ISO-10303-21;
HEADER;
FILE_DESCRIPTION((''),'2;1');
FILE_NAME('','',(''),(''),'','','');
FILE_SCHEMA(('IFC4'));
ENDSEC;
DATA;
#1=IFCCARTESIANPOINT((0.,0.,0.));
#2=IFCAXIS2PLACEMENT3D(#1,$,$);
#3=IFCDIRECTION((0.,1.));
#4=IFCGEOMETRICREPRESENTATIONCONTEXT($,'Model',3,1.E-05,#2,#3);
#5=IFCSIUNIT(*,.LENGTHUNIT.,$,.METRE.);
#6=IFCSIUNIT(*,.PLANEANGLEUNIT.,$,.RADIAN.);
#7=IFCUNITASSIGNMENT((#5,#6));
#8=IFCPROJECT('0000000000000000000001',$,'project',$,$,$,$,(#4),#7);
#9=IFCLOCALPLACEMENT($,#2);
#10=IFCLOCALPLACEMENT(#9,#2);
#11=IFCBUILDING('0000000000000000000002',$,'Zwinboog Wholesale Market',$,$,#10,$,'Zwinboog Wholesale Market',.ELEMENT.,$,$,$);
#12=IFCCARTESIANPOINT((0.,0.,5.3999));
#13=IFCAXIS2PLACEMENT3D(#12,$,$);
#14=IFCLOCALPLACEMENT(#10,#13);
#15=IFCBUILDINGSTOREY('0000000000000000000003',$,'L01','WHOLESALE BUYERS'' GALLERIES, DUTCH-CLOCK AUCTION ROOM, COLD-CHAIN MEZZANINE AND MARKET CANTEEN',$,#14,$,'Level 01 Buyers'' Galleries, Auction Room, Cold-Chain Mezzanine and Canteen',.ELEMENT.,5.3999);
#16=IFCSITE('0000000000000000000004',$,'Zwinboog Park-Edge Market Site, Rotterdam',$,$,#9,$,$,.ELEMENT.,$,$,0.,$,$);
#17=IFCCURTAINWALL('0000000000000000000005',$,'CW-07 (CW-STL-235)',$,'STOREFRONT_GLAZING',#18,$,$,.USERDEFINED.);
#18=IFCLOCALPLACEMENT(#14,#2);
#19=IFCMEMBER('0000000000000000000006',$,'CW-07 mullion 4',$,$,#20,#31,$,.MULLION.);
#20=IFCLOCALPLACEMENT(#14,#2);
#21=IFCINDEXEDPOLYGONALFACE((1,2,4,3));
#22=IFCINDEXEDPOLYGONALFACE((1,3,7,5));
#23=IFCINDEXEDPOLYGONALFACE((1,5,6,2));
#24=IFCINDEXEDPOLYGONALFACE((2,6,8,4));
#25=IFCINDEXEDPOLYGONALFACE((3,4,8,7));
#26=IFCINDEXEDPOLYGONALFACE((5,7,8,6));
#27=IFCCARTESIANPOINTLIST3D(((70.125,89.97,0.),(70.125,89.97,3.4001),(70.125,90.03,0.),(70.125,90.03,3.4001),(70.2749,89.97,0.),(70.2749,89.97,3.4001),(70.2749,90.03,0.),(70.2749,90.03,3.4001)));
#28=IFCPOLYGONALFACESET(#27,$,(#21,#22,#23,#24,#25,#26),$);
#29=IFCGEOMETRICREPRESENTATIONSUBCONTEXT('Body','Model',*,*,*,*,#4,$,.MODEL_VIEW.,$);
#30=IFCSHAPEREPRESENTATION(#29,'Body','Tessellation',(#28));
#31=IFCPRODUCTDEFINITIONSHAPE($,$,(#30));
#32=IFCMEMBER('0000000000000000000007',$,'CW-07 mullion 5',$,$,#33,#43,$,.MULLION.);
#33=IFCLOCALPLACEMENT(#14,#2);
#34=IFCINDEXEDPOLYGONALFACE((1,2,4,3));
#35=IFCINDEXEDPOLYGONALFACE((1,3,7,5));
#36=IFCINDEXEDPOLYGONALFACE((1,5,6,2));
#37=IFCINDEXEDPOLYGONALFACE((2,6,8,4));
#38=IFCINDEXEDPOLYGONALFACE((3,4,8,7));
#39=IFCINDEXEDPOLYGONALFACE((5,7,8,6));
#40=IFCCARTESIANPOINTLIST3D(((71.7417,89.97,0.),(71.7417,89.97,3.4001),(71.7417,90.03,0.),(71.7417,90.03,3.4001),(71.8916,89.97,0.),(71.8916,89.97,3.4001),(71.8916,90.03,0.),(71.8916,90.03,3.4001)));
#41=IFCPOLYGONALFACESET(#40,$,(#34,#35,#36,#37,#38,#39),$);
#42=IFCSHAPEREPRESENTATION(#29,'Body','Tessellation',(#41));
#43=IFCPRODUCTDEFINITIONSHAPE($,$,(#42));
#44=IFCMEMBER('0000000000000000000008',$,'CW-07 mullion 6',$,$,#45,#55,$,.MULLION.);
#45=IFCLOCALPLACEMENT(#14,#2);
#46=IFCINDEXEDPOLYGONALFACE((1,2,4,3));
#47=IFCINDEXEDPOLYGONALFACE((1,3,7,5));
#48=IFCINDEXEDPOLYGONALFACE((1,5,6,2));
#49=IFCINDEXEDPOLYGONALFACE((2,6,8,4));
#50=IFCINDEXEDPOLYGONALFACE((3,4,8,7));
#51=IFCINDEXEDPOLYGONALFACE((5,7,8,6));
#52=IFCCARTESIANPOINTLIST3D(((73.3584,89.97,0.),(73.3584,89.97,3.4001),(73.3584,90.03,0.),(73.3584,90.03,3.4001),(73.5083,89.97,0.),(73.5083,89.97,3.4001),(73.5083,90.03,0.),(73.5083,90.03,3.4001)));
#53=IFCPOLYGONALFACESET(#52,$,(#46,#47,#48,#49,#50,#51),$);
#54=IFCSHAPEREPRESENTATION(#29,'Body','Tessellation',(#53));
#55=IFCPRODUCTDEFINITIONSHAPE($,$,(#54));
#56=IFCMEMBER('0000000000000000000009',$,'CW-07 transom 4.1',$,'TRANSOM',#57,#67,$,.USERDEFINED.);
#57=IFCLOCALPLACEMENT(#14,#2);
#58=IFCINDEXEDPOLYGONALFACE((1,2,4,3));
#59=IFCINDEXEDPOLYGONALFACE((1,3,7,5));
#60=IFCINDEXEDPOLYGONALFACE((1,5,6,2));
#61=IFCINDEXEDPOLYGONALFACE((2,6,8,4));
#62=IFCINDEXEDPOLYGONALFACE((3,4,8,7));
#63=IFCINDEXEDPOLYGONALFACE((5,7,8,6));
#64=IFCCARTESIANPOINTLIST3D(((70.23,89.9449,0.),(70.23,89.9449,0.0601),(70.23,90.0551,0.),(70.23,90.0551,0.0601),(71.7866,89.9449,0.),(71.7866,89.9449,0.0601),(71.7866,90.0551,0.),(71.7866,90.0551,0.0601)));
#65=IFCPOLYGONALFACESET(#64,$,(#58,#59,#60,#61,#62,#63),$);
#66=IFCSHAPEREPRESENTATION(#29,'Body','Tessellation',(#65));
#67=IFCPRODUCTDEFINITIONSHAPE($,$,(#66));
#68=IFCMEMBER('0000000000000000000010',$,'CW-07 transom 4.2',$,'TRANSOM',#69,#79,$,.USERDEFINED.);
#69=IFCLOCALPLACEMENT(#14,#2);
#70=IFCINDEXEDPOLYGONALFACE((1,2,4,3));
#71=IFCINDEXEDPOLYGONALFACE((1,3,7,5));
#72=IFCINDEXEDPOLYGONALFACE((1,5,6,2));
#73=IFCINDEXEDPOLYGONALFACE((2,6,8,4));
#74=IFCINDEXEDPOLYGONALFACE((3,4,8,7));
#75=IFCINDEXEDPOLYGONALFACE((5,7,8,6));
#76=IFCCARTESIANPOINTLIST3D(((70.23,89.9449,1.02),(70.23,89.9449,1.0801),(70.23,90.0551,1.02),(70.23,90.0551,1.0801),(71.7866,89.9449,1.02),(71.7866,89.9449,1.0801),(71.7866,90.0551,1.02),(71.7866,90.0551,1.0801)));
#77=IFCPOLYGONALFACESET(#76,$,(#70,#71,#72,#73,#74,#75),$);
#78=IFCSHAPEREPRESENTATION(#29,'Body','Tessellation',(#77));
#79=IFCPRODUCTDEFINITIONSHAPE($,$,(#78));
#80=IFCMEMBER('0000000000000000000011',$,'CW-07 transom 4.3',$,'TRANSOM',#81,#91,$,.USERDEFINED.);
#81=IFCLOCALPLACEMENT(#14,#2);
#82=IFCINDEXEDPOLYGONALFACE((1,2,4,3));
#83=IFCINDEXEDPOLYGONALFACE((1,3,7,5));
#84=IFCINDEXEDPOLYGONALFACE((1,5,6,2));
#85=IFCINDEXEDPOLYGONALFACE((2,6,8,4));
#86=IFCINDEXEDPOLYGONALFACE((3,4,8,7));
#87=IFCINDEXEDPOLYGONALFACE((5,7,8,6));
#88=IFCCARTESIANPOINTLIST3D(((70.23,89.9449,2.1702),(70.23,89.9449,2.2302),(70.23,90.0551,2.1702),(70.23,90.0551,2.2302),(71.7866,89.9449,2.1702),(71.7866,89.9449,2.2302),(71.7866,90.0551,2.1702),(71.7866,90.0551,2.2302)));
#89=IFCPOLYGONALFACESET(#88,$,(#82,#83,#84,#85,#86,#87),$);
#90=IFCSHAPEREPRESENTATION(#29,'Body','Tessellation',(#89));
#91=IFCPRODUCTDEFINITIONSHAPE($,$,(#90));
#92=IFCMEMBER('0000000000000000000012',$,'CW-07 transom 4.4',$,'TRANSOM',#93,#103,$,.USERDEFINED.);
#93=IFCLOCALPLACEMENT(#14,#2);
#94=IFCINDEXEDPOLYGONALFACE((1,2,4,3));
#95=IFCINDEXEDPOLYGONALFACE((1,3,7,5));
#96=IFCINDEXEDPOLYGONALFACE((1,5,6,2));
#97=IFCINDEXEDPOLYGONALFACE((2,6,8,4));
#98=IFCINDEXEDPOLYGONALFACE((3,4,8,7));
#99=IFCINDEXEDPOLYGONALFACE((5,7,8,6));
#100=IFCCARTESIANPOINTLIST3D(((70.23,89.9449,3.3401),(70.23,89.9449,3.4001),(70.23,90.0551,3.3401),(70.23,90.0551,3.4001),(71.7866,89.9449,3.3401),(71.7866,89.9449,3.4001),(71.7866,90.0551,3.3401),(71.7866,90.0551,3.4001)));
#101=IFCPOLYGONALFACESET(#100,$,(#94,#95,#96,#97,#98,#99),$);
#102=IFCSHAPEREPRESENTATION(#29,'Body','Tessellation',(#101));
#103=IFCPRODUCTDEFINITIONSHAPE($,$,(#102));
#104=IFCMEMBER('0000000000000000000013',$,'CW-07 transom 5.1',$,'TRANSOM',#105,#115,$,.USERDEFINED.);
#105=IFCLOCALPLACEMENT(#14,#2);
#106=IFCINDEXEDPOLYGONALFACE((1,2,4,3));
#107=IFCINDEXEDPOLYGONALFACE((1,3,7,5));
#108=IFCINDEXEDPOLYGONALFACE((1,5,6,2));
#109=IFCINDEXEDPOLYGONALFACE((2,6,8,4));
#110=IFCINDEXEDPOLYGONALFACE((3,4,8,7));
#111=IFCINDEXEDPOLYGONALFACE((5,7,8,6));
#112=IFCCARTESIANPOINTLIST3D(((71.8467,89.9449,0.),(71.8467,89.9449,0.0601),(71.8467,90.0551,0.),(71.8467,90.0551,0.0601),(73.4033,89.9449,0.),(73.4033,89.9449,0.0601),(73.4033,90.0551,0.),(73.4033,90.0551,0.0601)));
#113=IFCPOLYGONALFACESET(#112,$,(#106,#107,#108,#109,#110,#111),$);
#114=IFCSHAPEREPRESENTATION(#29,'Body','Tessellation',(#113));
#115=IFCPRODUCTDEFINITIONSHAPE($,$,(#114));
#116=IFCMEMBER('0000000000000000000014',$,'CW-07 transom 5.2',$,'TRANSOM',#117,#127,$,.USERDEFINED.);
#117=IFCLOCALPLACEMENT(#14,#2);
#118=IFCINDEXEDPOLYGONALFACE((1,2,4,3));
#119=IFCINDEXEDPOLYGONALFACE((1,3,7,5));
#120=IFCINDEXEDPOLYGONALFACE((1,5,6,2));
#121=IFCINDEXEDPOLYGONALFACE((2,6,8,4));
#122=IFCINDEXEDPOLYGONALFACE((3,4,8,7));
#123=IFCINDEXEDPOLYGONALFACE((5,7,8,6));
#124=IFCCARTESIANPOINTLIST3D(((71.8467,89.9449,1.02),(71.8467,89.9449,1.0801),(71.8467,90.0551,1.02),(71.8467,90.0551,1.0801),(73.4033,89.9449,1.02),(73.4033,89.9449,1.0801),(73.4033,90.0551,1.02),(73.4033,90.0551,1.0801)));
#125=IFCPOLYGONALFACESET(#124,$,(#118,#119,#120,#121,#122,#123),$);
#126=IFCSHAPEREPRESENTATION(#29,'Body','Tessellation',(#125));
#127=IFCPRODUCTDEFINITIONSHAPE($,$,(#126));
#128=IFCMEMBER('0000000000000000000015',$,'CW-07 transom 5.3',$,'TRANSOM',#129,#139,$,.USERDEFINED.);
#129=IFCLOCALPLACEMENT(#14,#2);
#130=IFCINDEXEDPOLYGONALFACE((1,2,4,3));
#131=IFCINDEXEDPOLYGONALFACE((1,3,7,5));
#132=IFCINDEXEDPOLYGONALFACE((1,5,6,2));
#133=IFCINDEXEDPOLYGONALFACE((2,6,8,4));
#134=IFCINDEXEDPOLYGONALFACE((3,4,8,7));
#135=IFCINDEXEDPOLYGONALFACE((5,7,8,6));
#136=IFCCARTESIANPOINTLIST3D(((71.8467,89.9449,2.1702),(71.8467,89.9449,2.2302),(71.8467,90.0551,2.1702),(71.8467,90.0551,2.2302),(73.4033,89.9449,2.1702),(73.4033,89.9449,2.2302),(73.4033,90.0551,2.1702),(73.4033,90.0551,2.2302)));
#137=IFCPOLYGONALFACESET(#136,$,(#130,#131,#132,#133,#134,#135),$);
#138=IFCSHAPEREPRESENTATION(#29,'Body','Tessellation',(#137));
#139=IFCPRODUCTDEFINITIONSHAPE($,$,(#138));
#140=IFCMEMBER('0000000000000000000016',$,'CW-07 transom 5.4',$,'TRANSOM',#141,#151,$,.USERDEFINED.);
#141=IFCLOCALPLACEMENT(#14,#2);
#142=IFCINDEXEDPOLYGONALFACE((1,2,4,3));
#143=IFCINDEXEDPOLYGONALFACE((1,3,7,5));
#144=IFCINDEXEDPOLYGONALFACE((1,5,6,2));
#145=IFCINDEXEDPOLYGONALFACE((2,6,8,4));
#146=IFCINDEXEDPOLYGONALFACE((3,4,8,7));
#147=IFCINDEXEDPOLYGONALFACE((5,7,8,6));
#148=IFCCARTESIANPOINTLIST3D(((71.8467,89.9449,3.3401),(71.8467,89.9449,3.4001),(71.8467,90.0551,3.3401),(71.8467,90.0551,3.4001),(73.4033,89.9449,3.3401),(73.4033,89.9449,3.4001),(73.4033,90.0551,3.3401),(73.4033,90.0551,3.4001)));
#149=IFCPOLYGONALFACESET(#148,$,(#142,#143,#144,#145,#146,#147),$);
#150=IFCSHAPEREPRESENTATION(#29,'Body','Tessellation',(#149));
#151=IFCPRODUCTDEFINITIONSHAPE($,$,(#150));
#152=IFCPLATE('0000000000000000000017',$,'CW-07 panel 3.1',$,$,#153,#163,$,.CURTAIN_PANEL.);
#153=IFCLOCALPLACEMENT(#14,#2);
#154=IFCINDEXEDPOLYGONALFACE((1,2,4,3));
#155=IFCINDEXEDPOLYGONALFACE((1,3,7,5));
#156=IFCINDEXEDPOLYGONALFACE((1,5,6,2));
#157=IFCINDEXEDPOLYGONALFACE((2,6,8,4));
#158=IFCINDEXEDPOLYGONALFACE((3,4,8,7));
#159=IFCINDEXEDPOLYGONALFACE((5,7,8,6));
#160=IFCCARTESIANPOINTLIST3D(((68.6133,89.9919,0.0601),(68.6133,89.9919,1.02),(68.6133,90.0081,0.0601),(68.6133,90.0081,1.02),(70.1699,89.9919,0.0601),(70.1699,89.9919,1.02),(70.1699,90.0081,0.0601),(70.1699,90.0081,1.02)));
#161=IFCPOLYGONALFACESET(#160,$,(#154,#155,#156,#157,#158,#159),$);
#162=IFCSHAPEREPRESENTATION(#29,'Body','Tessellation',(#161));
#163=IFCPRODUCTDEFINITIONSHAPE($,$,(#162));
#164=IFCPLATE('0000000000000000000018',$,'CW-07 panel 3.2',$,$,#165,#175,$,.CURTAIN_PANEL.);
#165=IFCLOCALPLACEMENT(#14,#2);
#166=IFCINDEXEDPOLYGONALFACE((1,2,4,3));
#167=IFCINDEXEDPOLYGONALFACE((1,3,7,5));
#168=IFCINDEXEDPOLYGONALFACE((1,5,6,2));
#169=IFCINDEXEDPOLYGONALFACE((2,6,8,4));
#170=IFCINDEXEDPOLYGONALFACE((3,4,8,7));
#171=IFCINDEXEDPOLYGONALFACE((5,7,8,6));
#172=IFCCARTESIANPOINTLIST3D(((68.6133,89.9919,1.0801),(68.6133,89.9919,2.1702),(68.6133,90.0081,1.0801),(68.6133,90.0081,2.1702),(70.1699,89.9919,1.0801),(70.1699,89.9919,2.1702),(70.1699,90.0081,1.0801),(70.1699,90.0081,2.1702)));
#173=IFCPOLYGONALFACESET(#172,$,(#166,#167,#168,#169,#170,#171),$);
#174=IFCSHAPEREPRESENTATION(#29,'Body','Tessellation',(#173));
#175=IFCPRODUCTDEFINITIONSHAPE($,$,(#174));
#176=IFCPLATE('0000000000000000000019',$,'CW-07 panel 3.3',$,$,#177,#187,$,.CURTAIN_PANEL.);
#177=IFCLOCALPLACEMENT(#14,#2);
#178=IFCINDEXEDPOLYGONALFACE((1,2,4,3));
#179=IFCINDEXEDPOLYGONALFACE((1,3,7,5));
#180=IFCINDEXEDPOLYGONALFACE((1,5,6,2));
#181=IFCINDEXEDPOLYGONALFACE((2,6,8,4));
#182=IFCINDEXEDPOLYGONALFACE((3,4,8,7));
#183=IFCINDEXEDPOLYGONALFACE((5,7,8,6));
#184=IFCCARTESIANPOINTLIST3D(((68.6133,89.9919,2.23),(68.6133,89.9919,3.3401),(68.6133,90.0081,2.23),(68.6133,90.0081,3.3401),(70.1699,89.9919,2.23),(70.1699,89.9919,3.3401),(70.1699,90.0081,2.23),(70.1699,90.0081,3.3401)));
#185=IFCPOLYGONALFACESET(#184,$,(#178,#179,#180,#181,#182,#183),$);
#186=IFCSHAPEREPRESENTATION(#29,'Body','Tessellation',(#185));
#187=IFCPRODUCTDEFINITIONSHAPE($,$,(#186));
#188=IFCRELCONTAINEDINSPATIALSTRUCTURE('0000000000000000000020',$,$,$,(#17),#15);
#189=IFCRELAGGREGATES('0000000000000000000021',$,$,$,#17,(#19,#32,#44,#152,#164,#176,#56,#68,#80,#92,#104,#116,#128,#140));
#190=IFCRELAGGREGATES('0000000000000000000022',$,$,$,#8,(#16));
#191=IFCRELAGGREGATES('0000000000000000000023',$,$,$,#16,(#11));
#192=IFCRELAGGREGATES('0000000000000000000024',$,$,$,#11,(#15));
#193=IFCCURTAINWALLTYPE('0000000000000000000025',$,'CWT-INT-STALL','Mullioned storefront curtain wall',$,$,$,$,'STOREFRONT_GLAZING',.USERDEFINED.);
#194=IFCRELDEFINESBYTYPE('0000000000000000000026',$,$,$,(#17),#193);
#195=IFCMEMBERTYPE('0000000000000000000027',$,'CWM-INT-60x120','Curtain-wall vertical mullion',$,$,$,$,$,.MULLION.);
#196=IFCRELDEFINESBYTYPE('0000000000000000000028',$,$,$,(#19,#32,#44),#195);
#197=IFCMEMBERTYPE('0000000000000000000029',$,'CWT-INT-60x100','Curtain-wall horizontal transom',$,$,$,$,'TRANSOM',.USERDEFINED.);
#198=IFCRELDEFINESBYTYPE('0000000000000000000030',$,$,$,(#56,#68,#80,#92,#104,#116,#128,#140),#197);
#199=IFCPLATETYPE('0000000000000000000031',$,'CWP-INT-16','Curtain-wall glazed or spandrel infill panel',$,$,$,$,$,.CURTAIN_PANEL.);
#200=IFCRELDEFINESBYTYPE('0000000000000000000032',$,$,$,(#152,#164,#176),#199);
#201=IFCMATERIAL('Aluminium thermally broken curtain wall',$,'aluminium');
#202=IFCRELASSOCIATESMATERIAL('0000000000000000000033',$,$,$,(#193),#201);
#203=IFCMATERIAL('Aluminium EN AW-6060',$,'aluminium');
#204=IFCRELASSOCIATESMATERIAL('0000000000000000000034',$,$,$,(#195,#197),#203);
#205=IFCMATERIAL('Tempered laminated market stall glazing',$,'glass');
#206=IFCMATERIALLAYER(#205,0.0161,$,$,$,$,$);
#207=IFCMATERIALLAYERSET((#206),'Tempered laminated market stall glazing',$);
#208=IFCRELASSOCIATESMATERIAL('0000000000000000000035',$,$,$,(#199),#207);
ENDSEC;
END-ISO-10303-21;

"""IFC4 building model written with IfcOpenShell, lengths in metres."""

from ifc_helpers import new_model, si_unit, direction, frame, origin, origin_2d, place, context, subcontext, project, spatial, rectangle, extrude, material, layer, layer_set, material_profile, profile_set, type_object, element, aggregate, save


model = new_model("IFC4")

# Units and contexts
model_context = context("Model", 3, precision=1e-05, world=origin(), true_north=direction((0.0, 1.0)))
body_context = subcontext(model_context, "Body", "Model", "MODEL_VIEW")
ifc_project = project(units=[si_unit("LENGTHUNIT", "METRE"), si_unit("PLANEANGLEUNIT", "RADIAN")], contexts=[model_context])

# Site, building, storey
site_placement = place(None, origin())
site = spatial("IfcSite", under=ifc_project, at=site_placement, Name="Zwinboog Park-Edge Market Site, Rotterdam", CompositionType="ELEMENT", RefElevation=0.0)
building_placement = place(site_placement, origin())
building = spatial("IfcBuilding", under=site, at=building_placement, Name="Zwinboog Wholesale Market", LongName="Zwinboog Wholesale Market", CompositionType="ELEMENT")
storey_placement = place(building_placement, frame((0.0, 0.0, 5.3999)))
storey = spatial("IfcBuildingStorey", under=building, at=storey_placement, Name="L01", Description="WHOLESALE BUYERS' GALLERIES, DUTCH-CLOCK AUCTION ROOM, COLD-CHAIN MEZZANINE AND MARKET CANTEEN", LongName="Level 01 Buyers' Galleries, Auction Room, Cold-Chain Mezzanine and Canteen", CompositionType="ELEMENT", Elevation=5.3999)

# Curtain wall, members, plates
ifc_material_1 = material(Name="Aluminium thermally broken curtain wall", Category="aluminium")
curtain_wall_type = type_object("IfcCurtainWallType", Name="CWT-INT-STALL", Description="Mullioned storefront curtain wall", ElementType="STOREFRONT_GLAZING", PredefinedType="USERDEFINED", material=ifc_material_1)
curtain_wall_placement = place(storey_placement, origin())
curtain_wall = element("IfcCurtainWall", 1, at=curtain_wall_placement, inside=storey, type_object=curtain_wall_type, Name="CW-07 (CW-STL-235)", ObjectType="STOREFRONT_GLAZING", PredefinedType="USERDEFINED")
ifc_material_2 = material(Name="Aluminium EN AW-6060", Category="aluminium")
ifc_material_profile_1 = material_profile(ifc_material_2, rectangle(XDim=0.0601, YDim=0.1499, at=origin_2d()), Name="AL 60x150")
ifc_profile_set_1 = profile_set([ifc_material_profile_1], Name="Aluminium EN AW-6060")
member_type_1 = type_object("IfcMemberType", Name="CWM-INT-60x120", Description="Curtain-wall vertical mullion", PredefinedType="MULLION", material=ifc_profile_set_1)
member_1_placement = place(storey_placement, frame((70.2, 90.0, 0.0), z_axis=(0.0, 0.0, 1.0), x_axis=(0.0, 1.0, 0.0)))
member_1 = element("IfcMember", 2, at=member_1_placement, type_object=member_type_1, Name="CW-07 mullion 4", PredefinedType="MULLION", context=body_context, shape_type="SweptSolid", body=[
    extrude(rectangle(XDim=0.0601, YDim=0.1499, at=origin_2d()), origin(), (0.0, 0.0, 1.0), 3.4001),
])
member_2_placement = place(storey_placement, frame((71.8167, 90.0, 0.0), z_axis=(0.0, 0.0, 1.0), x_axis=(0.0, 1.0, 0.0)))
member_2 = element("IfcMember", 3, at=member_2_placement, type_object=member_type_1, Name="CW-07 mullion 5", PredefinedType="MULLION", context=body_context, shape_type="SweptSolid", body=[
    extrude(rectangle(XDim=0.0601, YDim=0.1499, at=origin_2d()), origin(), (0.0, 0.0, 1.0), 3.4001),
])
member_3_placement = place(storey_placement, frame((73.4333, 90.0, 0.0), z_axis=(0.0, 0.0, 1.0), x_axis=(0.0, 1.0, 0.0)))
member_3 = element("IfcMember", 4, at=member_3_placement, type_object=member_type_1, Name="CW-07 mullion 6", PredefinedType="MULLION", context=body_context, shape_type="SweptSolid", body=[
    extrude(rectangle(XDim=0.0601, YDim=0.1499, at=origin_2d()), origin(), (0.0, 0.0, 1.0), 3.4001),
])
ifc_material_profile_2 = material_profile(ifc_material_2, rectangle(XDim=0.1101, YDim=0.0601, at=origin_2d()), Name="AL 60x110")
ifc_profile_set_2 = profile_set([ifc_material_profile_2], Name="Aluminium EN AW-6060")
member_type_2 = type_object("IfcMemberType", Name="CWT-INT-60x100", Description="Curtain-wall horizontal transom", ElementType="TRANSOM", PredefinedType="USERDEFINED", material=ifc_profile_set_2)
member_4_placement = place(storey_placement, frame((70.23, 90.0, 0.03), z_axis=(1.0, 0.0, 0.0), x_axis=(0.0, 1.0, 0.0)))
member_4 = element("IfcMember", 5, at=member_4_placement, type_object=member_type_2, Name="CW-07 transom 4.1", ObjectType="TRANSOM", PredefinedType="USERDEFINED", context=body_context, shape_type="SweptSolid", body=[
    extrude(rectangle(XDim=0.1101, YDim=0.0601, at=origin_2d()), origin(), (0.0, 0.0, 1.0), 1.5566),
])
member_5_placement = place(storey_placement, frame((70.23, 90.0, 1.05), z_axis=(1.0, 0.0, 0.0), x_axis=(0.0, 1.0, 0.0)))
member_5 = element("IfcMember", 6, at=member_5_placement, type_object=member_type_2, Name="CW-07 transom 4.2", ObjectType="TRANSOM", PredefinedType="USERDEFINED", context=body_context, shape_type="SweptSolid", body=[
    extrude(rectangle(XDim=0.1101, YDim=0.0601, at=origin_2d()), origin(), (0.0, 0.0, 1.0), 1.5566),
])
member_6_placement = place(storey_placement, frame((70.23, 90.0, 2.2002), z_axis=(1.0, 0.0, 0.0), x_axis=(0.0, 1.0, 0.0)))
member_6 = element("IfcMember", 7, at=member_6_placement, type_object=member_type_2, Name="CW-07 transom 4.3", ObjectType="TRANSOM", PredefinedType="USERDEFINED", context=body_context, shape_type="SweptSolid", body=[
    extrude(rectangle(XDim=0.1101, YDim=0.0601, at=origin_2d()), origin(), (0.0, 0.0, 1.0), 1.5566),
])
member_7_placement = place(storey_placement, frame((70.23, 90.0, 3.3701), z_axis=(1.0, 0.0, 0.0), x_axis=(0.0, 1.0, 0.0)))
member_7 = element("IfcMember", 8, at=member_7_placement, type_object=member_type_2, Name="CW-07 transom 4.4", ObjectType="TRANSOM", PredefinedType="USERDEFINED", context=body_context, shape_type="SweptSolid", body=[
    extrude(rectangle(XDim=0.1101, YDim=0.0601, at=origin_2d()), origin(), (0.0, 0.0, 1.0), 1.5566),
])
member_8_placement = place(storey_placement, frame((71.8467, 90.0, 0.03), z_axis=(1.0, 0.0, 0.0), x_axis=(0.0, 1.0, 0.0)))
member_8 = element("IfcMember", 9, at=member_8_placement, type_object=member_type_2, Name="CW-07 transom 5.1", ObjectType="TRANSOM", PredefinedType="USERDEFINED", context=body_context, shape_type="SweptSolid", body=[
    extrude(rectangle(XDim=0.1101, YDim=0.0601, at=origin_2d()), origin(), (0.0, 0.0, 1.0), 1.5566),
])
member_9_placement = place(storey_placement, frame((71.8467, 90.0, 1.05), z_axis=(1.0, 0.0, 0.0), x_axis=(0.0, 1.0, 0.0)))
member_9 = element("IfcMember", 10, at=member_9_placement, type_object=member_type_2, Name="CW-07 transom 5.2", ObjectType="TRANSOM", PredefinedType="USERDEFINED", context=body_context, shape_type="SweptSolid", body=[
    extrude(rectangle(XDim=0.1101, YDim=0.0601, at=origin_2d()), origin(), (0.0, 0.0, 1.0), 1.5566),
])
member_10_placement = place(storey_placement, frame((71.8467, 90.0, 2.2002), z_axis=(1.0, 0.0, 0.0), x_axis=(0.0, 1.0, 0.0)))
member_10 = element("IfcMember", 11, at=member_10_placement, type_object=member_type_2, Name="CW-07 transom 5.3", ObjectType="TRANSOM", PredefinedType="USERDEFINED", context=body_context, shape_type="SweptSolid", body=[
    extrude(rectangle(XDim=0.1101, YDim=0.0601, at=origin_2d()), origin(), (0.0, 0.0, 1.0), 1.5566),
])
member_11_placement = place(storey_placement, frame((71.8467, 90.0, 3.3701), z_axis=(1.0, 0.0, 0.0), x_axis=(0.0, 1.0, 0.0)))
member_11 = element("IfcMember", 12, at=member_11_placement, type_object=member_type_2, Name="CW-07 transom 5.4", ObjectType="TRANSOM", PredefinedType="USERDEFINED", context=body_context, shape_type="SweptSolid", body=[
    extrude(rectangle(XDim=0.1101, YDim=0.0601, at=origin_2d()), origin(), (0.0, 0.0, 1.0), 1.5566),
])
ifc_material_3 = material(Name="Tempered laminated market stall glazing", Category="glass")
ifc_layer = layer(ifc_material_3, 0.0161)
ifc_layer_set = layer_set([ifc_layer], Name="Tempered laminated market stall glazing")
plate_type = type_object("IfcPlateType", Name="CWP-INT-16", Description="Curtain-wall glazed or spandrel infill panel", PredefinedType="CURTAIN_PANEL", material=ifc_layer_set)
plate_1_placement = place(storey_placement, frame((69.3916, 90.0, 0.0601), z_axis=(0.0, 0.0, 1.0), x_axis=(1.0, 0.0, 0.0)))
plate_1 = element("IfcPlate", 13, at=plate_1_placement, type_object=plate_type, Name="CW-07 panel 3.1", PredefinedType="CURTAIN_PANEL", context=body_context, shape_type="SweptSolid", body=[
    extrude(rectangle(XDim=1.5566, YDim=0.0161, at=origin_2d()), origin(), (0.0, 0.0, 1.0), 0.96),
])
plate_2_placement = place(storey_placement, frame((69.3916, 90.0, 1.0801), z_axis=(0.0, 0.0, 1.0), x_axis=(1.0, 0.0, 0.0)))
plate_2 = element("IfcPlate", 14, at=plate_2_placement, type_object=plate_type, Name="CW-07 panel 3.2", PredefinedType="CURTAIN_PANEL", context=body_context, shape_type="SweptSolid", body=[
    extrude(rectangle(XDim=1.5566, YDim=0.0161, at=origin_2d()), origin(), (0.0, 0.0, 1.0), 1.0901),
])
plate_3_placement = place(storey_placement, frame((69.3916, 90.0, 2.23), z_axis=(0.0, 0.0, 1.0), x_axis=(1.0, 0.0, 0.0)))
plate_3 = element("IfcPlate", 15, at=plate_3_placement, type_object=plate_type, Name="CW-07 panel 3.3", PredefinedType="CURTAIN_PANEL", context=body_context, shape_type="SweptSolid", body=[
    extrude(rectangle(XDim=1.5566, YDim=0.0161, at=origin_2d()), origin(), (0.0, 0.0, 1.0), 1.1101),
])
aggregate(curtain_wall, [member_1, member_2, member_3, plate_1, plate_2, plate_3, member_4, member_5, member_6, member_7, member_8, member_9, member_10, member_11])

save(model, "model.ifc")
